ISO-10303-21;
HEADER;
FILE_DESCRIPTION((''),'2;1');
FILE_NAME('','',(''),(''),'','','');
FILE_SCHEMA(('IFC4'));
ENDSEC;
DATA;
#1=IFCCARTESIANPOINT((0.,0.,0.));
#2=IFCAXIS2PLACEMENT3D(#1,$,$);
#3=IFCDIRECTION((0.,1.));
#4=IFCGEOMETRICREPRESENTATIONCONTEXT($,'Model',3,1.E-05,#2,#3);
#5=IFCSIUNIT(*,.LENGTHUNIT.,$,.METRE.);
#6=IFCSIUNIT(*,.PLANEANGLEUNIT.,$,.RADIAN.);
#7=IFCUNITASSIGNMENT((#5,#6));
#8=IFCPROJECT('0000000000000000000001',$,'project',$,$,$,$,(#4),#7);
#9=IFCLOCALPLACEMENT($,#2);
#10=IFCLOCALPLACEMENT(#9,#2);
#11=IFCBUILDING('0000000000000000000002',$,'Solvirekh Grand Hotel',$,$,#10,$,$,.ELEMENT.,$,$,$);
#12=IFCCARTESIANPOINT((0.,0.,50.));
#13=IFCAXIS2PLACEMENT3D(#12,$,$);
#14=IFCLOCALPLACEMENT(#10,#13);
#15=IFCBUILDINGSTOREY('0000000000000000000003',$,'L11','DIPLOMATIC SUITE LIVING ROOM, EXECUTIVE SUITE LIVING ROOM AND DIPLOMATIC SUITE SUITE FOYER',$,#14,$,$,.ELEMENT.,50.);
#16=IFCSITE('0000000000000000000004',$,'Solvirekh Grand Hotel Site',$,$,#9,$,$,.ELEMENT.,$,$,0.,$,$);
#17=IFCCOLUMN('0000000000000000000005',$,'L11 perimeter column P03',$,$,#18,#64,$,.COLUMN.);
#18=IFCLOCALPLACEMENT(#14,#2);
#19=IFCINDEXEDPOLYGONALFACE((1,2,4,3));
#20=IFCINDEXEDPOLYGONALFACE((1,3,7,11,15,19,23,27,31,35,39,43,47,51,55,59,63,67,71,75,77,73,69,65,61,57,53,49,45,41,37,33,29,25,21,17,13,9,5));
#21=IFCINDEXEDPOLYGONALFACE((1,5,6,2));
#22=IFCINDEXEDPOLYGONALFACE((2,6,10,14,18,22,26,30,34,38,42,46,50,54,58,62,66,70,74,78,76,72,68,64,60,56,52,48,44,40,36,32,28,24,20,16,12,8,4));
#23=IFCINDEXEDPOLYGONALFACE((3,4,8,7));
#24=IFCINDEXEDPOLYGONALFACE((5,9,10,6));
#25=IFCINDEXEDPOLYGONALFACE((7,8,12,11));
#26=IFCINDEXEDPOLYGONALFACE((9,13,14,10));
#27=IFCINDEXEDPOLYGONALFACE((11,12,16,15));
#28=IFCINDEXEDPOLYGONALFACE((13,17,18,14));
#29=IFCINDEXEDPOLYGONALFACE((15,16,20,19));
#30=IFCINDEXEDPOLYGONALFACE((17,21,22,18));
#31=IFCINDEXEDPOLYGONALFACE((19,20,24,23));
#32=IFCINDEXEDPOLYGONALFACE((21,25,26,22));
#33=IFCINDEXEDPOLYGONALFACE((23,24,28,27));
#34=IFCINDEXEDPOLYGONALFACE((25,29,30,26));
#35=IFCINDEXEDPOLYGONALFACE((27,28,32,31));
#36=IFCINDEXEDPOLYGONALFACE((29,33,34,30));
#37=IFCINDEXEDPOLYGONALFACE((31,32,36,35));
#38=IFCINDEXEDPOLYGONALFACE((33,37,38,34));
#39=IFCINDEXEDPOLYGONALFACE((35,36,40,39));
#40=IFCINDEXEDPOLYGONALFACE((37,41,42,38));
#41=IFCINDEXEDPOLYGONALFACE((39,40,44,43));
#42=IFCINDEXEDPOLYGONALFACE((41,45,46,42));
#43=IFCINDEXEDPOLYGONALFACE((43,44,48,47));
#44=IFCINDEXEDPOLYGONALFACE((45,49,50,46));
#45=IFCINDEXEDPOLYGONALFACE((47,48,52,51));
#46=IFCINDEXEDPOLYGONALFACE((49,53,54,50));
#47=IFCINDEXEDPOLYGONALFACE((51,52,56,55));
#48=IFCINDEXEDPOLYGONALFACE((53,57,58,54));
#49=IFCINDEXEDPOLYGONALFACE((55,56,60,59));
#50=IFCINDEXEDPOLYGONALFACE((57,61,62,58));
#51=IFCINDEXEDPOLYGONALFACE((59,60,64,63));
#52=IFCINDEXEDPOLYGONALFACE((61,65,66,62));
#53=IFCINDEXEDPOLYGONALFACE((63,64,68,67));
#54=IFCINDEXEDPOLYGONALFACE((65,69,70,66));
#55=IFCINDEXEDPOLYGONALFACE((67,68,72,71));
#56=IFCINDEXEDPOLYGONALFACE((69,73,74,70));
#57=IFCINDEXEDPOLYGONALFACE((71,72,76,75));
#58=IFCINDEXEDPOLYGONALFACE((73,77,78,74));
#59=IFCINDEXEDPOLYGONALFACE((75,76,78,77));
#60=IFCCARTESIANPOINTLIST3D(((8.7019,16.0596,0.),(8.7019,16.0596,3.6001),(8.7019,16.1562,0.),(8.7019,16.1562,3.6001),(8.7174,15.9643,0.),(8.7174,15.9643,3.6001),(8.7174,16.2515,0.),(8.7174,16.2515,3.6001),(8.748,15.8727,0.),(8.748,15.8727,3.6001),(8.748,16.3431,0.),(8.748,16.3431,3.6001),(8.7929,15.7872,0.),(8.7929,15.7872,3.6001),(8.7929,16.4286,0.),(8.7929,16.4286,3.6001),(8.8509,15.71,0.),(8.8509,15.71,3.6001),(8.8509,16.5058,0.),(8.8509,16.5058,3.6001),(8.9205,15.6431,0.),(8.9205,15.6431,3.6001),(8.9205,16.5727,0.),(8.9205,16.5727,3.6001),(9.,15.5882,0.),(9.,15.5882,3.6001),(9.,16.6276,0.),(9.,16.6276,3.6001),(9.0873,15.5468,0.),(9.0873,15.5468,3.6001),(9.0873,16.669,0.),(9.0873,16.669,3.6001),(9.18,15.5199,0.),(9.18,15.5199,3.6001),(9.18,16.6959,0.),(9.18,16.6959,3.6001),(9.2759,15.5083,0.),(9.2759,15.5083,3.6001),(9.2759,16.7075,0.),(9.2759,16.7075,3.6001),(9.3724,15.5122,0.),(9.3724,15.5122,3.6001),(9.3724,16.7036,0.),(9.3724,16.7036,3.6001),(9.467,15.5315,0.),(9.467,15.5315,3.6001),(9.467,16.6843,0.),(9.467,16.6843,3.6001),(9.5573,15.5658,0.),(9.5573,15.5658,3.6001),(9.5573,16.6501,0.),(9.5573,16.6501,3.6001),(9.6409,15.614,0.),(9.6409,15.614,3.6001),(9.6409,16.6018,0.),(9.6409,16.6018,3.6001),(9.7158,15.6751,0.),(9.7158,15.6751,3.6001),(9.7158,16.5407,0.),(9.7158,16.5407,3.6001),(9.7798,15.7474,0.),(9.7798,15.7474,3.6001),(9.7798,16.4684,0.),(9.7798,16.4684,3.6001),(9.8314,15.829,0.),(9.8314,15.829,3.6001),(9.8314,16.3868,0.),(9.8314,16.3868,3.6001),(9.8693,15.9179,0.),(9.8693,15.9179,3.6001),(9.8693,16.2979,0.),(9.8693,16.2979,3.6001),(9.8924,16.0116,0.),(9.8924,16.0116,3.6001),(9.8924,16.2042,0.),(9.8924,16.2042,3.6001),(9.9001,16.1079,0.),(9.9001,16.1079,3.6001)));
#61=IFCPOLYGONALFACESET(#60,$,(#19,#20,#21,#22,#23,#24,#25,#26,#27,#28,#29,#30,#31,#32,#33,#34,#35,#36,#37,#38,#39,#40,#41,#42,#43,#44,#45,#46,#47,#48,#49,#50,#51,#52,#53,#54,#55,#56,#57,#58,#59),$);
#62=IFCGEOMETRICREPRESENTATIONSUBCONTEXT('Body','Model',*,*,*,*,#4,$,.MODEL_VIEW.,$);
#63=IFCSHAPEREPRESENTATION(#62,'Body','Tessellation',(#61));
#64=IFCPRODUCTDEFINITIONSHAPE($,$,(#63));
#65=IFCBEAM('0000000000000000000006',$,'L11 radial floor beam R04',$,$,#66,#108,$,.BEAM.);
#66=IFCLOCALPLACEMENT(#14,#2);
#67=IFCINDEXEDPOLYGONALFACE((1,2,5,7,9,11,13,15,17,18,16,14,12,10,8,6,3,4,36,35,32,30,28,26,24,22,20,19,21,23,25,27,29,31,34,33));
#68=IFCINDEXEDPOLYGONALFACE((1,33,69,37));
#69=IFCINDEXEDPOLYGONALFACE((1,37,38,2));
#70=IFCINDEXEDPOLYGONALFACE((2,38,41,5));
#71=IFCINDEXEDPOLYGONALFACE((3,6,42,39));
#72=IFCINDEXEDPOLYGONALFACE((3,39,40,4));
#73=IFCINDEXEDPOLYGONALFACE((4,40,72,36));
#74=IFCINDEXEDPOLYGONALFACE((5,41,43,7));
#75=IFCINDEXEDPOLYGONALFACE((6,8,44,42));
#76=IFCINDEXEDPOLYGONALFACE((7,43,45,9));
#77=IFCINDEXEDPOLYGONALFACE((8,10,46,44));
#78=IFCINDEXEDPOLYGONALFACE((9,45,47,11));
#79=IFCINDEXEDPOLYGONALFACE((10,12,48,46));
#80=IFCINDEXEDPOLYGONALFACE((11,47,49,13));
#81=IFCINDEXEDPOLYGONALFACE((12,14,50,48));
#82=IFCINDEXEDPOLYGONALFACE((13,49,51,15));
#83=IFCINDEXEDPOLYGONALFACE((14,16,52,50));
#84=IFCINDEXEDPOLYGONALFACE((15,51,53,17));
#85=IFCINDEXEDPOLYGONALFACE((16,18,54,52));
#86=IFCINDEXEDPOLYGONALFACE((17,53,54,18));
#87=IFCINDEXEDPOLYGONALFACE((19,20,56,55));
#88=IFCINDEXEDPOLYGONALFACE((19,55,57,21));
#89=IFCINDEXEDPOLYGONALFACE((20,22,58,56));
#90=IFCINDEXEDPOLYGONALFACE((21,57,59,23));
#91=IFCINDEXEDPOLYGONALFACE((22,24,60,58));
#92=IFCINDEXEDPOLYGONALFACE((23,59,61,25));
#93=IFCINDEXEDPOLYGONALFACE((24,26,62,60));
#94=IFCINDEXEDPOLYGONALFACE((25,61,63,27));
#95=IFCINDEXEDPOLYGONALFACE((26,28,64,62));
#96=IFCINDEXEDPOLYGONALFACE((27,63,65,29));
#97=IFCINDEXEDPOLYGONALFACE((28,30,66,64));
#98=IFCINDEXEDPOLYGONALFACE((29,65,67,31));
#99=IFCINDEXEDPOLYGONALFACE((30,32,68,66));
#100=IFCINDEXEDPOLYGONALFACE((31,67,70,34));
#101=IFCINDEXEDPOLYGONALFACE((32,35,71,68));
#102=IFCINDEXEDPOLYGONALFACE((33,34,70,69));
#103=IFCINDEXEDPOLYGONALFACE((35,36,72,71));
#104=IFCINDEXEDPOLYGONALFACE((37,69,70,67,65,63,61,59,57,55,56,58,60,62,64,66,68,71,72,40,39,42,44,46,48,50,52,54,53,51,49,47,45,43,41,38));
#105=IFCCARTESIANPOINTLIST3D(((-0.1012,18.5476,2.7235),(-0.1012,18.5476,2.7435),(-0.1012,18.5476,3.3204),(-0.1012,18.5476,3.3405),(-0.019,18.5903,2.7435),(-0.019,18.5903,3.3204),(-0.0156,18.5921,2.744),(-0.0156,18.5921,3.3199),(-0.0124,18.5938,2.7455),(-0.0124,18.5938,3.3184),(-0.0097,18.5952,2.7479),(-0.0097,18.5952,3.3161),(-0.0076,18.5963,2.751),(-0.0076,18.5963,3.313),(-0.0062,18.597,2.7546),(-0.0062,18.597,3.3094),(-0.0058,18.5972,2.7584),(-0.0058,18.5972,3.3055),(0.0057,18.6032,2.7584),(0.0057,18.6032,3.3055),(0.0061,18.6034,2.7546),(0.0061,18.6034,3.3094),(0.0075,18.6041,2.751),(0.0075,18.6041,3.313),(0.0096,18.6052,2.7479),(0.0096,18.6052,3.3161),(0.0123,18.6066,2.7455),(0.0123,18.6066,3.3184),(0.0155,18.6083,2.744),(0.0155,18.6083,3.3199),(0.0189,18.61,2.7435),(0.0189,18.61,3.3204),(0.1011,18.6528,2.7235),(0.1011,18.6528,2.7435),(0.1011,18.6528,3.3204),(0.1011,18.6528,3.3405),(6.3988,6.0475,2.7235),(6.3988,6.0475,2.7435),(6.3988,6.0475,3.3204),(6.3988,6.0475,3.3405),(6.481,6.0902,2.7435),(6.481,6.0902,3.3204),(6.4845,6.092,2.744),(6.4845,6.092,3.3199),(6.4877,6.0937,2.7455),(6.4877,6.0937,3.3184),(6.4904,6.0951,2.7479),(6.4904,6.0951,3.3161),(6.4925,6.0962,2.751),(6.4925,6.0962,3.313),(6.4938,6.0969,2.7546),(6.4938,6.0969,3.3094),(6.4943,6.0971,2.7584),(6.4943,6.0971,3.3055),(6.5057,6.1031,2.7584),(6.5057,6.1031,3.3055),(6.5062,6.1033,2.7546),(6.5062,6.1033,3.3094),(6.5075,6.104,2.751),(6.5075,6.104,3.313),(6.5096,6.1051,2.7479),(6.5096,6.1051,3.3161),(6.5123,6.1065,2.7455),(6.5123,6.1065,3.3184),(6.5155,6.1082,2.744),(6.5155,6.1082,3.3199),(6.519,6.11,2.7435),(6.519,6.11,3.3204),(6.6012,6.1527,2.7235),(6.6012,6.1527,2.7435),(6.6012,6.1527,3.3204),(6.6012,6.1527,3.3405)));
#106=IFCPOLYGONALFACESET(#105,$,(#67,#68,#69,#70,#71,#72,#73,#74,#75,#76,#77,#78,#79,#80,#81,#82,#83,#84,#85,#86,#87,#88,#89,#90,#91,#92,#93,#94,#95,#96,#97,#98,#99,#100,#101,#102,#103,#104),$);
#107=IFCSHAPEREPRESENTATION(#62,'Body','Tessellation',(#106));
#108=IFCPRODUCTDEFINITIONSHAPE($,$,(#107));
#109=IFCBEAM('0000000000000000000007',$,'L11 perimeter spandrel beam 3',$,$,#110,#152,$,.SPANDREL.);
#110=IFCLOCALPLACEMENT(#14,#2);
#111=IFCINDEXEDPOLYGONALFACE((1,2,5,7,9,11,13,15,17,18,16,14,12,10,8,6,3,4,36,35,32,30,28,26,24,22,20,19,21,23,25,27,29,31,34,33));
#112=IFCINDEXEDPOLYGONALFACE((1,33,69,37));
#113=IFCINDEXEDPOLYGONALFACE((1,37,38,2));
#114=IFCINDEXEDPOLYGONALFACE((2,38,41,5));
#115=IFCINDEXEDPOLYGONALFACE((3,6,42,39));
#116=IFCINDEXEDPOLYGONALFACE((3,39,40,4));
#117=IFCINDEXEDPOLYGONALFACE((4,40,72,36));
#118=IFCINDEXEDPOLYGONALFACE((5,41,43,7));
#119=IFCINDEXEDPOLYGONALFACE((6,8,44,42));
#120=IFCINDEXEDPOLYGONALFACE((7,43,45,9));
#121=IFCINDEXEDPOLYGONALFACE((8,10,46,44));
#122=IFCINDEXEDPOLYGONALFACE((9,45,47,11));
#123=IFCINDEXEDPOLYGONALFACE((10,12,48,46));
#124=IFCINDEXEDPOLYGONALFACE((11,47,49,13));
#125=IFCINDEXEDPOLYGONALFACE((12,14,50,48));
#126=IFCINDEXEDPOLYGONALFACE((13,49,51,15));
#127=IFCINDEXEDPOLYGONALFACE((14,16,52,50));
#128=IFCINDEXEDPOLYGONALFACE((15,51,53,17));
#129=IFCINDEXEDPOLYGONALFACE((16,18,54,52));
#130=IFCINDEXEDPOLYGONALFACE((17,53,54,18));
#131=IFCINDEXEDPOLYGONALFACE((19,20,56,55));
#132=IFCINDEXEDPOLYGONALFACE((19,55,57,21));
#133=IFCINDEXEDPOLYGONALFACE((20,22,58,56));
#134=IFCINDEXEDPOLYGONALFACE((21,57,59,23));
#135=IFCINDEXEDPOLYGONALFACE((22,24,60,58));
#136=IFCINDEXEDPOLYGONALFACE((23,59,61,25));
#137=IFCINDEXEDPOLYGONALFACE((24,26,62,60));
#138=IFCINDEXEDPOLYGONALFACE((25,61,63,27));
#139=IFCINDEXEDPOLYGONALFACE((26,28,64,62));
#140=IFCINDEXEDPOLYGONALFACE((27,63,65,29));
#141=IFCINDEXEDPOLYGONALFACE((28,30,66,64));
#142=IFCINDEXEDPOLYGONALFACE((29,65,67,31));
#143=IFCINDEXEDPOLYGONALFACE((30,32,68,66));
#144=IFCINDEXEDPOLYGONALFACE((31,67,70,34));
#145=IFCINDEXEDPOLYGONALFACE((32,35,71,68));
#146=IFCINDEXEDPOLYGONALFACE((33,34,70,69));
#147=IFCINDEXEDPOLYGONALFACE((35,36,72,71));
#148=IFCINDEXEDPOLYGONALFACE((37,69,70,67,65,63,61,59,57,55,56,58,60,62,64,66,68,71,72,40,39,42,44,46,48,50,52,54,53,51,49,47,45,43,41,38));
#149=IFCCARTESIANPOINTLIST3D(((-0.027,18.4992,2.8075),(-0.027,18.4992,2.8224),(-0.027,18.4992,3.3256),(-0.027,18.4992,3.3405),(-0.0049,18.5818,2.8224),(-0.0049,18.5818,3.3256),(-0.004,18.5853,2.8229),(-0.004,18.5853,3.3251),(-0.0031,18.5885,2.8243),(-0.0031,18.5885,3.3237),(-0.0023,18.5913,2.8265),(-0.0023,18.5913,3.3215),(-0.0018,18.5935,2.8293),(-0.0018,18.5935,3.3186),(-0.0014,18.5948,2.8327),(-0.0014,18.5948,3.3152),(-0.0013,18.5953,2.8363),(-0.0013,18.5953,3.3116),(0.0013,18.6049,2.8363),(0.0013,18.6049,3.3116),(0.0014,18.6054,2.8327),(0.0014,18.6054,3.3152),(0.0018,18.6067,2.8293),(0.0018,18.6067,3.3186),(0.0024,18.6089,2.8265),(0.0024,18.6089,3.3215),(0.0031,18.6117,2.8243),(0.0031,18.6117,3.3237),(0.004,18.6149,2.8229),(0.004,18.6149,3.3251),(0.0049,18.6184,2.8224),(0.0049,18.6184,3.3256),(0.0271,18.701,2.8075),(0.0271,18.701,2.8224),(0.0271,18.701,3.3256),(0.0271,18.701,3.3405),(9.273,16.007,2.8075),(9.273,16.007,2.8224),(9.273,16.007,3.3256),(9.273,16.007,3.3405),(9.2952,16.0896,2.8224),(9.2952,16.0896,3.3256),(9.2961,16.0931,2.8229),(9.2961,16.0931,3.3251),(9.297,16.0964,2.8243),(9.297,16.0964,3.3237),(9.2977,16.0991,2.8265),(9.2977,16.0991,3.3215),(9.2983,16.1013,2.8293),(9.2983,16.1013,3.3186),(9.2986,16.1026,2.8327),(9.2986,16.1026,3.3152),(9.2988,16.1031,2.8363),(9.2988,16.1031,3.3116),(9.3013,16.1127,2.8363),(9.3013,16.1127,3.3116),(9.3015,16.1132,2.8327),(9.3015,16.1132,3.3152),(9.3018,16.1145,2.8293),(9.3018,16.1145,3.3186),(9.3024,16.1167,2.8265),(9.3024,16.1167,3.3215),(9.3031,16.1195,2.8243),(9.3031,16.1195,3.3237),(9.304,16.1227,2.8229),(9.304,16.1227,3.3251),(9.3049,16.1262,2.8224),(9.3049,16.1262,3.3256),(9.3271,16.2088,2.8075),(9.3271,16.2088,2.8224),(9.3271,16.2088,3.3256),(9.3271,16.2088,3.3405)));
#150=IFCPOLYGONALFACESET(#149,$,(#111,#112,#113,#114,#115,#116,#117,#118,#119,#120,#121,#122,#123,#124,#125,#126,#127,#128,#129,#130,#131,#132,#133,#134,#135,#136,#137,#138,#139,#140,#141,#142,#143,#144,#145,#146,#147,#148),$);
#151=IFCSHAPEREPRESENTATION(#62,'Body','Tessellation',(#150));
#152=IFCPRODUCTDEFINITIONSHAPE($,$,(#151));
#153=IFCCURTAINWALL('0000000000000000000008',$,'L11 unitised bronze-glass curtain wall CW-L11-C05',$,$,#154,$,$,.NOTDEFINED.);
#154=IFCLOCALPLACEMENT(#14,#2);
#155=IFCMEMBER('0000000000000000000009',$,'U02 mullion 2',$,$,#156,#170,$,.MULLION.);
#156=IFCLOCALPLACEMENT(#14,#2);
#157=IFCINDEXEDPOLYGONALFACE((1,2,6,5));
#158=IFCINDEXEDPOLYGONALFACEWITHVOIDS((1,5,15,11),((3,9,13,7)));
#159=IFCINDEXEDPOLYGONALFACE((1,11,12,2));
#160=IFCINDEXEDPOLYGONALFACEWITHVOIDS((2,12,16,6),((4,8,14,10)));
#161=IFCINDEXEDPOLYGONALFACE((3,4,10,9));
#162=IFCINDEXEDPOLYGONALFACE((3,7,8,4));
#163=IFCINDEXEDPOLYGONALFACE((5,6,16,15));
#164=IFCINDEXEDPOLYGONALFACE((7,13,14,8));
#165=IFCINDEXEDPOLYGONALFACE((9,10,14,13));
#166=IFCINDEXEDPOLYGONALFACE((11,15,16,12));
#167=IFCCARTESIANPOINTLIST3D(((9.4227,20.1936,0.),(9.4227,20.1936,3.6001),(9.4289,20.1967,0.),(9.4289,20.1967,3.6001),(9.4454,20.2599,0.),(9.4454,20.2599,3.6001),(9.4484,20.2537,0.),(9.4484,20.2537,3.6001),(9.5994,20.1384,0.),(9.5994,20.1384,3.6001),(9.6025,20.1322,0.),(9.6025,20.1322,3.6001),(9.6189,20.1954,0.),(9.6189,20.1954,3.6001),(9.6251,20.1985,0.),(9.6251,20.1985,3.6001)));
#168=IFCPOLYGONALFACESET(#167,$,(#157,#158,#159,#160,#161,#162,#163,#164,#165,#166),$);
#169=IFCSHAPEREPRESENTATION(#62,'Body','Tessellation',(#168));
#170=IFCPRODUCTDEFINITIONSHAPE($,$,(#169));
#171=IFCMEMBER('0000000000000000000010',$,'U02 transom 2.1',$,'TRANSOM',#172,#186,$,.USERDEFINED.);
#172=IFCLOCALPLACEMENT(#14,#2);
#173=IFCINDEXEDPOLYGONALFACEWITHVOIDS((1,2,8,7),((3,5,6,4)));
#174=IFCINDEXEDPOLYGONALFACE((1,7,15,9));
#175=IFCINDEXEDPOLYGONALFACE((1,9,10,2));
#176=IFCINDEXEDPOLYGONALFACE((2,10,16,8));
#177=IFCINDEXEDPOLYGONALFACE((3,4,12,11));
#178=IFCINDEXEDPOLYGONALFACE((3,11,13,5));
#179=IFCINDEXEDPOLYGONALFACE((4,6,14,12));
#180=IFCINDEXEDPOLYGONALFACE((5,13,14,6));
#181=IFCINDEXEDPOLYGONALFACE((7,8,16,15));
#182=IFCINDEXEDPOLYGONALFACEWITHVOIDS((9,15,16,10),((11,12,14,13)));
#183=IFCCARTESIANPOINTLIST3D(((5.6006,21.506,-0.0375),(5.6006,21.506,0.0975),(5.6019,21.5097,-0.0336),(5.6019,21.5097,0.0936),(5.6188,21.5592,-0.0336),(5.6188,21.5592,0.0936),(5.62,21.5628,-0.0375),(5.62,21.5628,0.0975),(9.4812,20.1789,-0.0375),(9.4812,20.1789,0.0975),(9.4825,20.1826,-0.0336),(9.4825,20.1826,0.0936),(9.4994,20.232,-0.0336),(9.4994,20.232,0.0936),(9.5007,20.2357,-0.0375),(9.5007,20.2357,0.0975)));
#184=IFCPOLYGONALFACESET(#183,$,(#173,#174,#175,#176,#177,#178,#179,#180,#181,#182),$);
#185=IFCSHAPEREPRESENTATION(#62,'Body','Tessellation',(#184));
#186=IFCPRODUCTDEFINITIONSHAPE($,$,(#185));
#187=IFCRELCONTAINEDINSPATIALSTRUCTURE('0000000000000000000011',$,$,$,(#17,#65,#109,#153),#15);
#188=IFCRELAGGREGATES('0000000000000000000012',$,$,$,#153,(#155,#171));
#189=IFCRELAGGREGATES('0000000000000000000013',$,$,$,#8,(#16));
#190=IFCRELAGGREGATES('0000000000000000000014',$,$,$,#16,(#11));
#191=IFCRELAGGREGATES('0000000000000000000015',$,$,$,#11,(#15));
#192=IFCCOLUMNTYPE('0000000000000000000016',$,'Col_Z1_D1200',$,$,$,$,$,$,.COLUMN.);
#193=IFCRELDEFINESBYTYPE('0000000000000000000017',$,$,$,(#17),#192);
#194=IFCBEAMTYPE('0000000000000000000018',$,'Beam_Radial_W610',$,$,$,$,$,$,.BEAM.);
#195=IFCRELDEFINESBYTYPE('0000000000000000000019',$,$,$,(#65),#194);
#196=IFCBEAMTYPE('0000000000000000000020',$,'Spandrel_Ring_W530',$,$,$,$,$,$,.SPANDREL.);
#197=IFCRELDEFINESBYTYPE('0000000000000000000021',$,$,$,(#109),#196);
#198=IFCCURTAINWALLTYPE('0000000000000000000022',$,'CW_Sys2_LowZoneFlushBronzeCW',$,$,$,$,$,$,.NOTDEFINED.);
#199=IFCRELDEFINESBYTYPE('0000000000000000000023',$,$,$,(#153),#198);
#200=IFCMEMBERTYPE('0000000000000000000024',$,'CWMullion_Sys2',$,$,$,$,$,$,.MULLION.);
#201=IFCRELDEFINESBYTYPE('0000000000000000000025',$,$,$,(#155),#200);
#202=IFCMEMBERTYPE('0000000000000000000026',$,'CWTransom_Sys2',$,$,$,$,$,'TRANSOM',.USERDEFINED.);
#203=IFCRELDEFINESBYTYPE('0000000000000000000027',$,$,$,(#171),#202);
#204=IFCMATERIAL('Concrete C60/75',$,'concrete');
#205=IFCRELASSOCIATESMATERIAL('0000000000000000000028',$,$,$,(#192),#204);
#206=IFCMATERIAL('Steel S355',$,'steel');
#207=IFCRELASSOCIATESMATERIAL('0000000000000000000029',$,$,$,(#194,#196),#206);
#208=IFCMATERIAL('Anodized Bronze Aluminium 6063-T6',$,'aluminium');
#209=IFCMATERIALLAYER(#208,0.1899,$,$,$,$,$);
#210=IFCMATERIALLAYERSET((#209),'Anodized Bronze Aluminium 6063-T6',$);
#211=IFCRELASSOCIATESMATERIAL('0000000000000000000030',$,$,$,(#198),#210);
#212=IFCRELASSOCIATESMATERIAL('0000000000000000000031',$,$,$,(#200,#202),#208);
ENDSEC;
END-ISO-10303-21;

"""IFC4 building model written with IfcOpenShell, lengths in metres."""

from ifc_helpers import new_model, si_unit, direction, frame, origin, origin_2d, place, context, subcontext, project, spatial, hollow_rectangle, circle, i_section, extrude, source, transform, mapped, material, layer, layer_set, material_profile, profile_set, type_object, element, aggregate, save


model = new_model("IFC4")

# Units and contexts
model_context = context("Model", 3, precision=1e-05, world=origin(), true_north=direction((0.0, 1.0)))
body_context = subcontext(model_context, "Body", "Model", "MODEL_VIEW")
ifc_project = project(units=[si_unit("LENGTHUNIT", "METRE"), si_unit("PLANEANGLEUNIT", "RADIAN")], contexts=[model_context])

# Site, building, storey
site_placement = place(None, origin())
site = spatial("IfcSite", under=ifc_project, at=site_placement, Name="Solvirekh Grand Hotel Site", CompositionType="ELEMENT", RefElevation=0.0)
building_placement = place(site_placement, origin())
building = spatial("IfcBuilding", under=site, at=building_placement, Name="Solvirekh Grand Hotel", CompositionType="ELEMENT")
storey_placement = place(building_placement, frame((0.0, 0.0, 50.0)))
storey = spatial("IfcBuildingStorey", under=building, at=storey_placement, Name="L11", Description="DIPLOMATIC SUITE LIVING ROOM, EXECUTIVE SUITE LIVING ROOM AND DIPLOMATIC SUITE SUITE FOYER", CompositionType="ELEMENT", Elevation=50.0)

# Column
ifc_material_1 = material(Name="Concrete C60/75", Category="concrete")
ifc_material_profile_1 = material_profile(ifc_material_1, circle(Radius=0.6001, at=origin_2d()), Name="RC CIRC D1200")
ifc_profile_set_1 = profile_set([ifc_material_profile_1], Name="Concrete C60/75")
column_type = type_object("IfcColumnType", Name="Col_Z1_D1200", PredefinedType="COLUMN", material=ifc_profile_set_1)
column_placement = place(storey_placement, frame((9.3, 16.1079, 0.0), z_axis=(0.0, 0.0, 1.0), x_axis=(1.0, 0.0, 0.0)))
element("IfcColumn", 1, at=column_placement, inside=storey, type_object=column_type, Name="L11 perimeter column P03", PredefinedType="COLUMN", context=body_context, shape_type="SweptSolid", body=[
    extrude(circle(Radius=0.6001, at=origin_2d()), origin(), (0.0, 0.0, 1.0), 3.6001),
])

# Beams
ifc_material_2 = material(Name="Steel S355", Category="steel")
ifc_material_profile_2 = material_profile(ifc_material_2, i_section(OverallWidth=0.228, OverallDepth=0.6169, WebThickness=0.0129, FlangeThickness=0.02, FilletRadius=0.0149, at=origin_2d()), Name="W610X140")
ifc_profile_set_2 = profile_set([ifc_material_profile_2], Name="Steel S355")
beam_type_1 = type_object("IfcBeamType", Name="Beam_Radial_W610", PredefinedType="BEAM", material=ifc_profile_set_2)
beam_1_placement = place(storey_placement, frame((6.5, 6.1001, 3.032), z_axis=(-0.461353, 0.887217, 0.0), x_axis=(-0.887217, -0.461353, 0.0)))
element("IfcBeam", 2, at=beam_1_placement, inside=storey, type_object=beam_type_1, Name="L11 radial floor beam R04", PredefinedType="BEAM", context=body_context, shape_type="SweptSolid", body=[
    extrude(i_section(OverallWidth=0.228, OverallDepth=0.6169, WebThickness=0.0129, FlangeThickness=0.02, FilletRadius=0.0149, at=origin_2d()), origin(), (0.0, 0.0, 1.0), 14.0891),
])
ifc_material_profile_3 = material_profile(ifc_material_2, i_section(OverallWidth=0.209, OverallDepth=0.533, WebThickness=0.01, FlangeThickness=0.0149, FilletRadius=0.0139, at=origin_2d()), Name="W530X92")
ifc_profile_set_3 = profile_set([ifc_material_profile_3], Name="Steel S355")
beam_type_2 = type_object("IfcBeamType", Name="Spandrel_Ring_W530", PredefinedType="SPANDREL", material=ifc_profile_set_3)
beam_2_placement = place(storey_placement, frame((9.3, 16.1079, 3.074), z_axis=(-0.965919, 0.258843, 0.0), x_axis=(-0.258843, -0.965919, 0.0)))
element("IfcBeam", 3, at=beam_2_placement, inside=storey, type_object=beam_type_2, Name="L11 perimeter spandrel beam 3", PredefinedType="SPANDREL", context=body_context, shape_type="SweptSolid", body=[
    extrude(i_section(OverallWidth=0.209, OverallDepth=0.533, WebThickness=0.01, FlangeThickness=0.0149, FilletRadius=0.0139, at=origin_2d()), origin(), (0.0, 0.0, 1.0), 9.6282),
])

# Curtain wall, members
ifc_material_3 = material(Name="Anodized Bronze Aluminium 6063-T6", Category="aluminium")
ifc_layer_1 = layer(ifc_material_3, 0.1899)
ifc_layer_set_1 = layer_set([ifc_layer_1], Name="Anodized Bronze Aluminium 6063-T6")
curtain_wall_type = type_object("IfcCurtainWallType", Name="CW_Sys2_LowZoneFlushBronzeCW", PredefinedType="NOTDEFINED", material=ifc_layer_set_1)
curtain_wall_placement = place(storey_placement, origin())
curtain_wall = element("IfcCurtainWall", 4, at=curtain_wall_placement, inside=storey, type_object=curtain_wall_type, Name="L11 unitised bronze-glass curtain wall CW-L11-C05", PredefinedType="NOTDEFINED")
ifc_material_profile_4 = material_profile(ifc_material_3, hollow_rectangle(XDim=0.0701, YDim=0.1899, WallThickness=0.0049, at=origin_2d()), Name="ALU RHS 190X70X5")
ifc_profile_set_4 = profile_set([ifc_material_profile_4], Name="Anodized Bronze Aluminium 6063-T6")
member_type_1 = type_object("IfcMemberType", Name="CWMullion_Sys2", PredefinedType="MULLION", material=ifc_profile_set_4)
shared_shape_1 = source(origin(), body_context, "Body", "SweptSolid", [
    extrude(hollow_rectangle(XDim=0.0701, YDim=0.1899, WallThickness=0.0049, at=origin_2d()), origin(), (0.0, 0.0, 1.0), 3.6001),
])
member_1_placement = place(storey_placement, frame((9.5239, 20.196, 0.0), z_axis=(0.0, 0.0, 1.0), x_axis=(-0.323564, -0.946206, 0.0)))
member_1 = element("IfcMember", 5, at=member_1_placement, type_object=member_type_1, Name="U02 mullion 2", PredefinedType="MULLION", context=body_context, shape_type="MappedRepresentation", body=[
    mapped(shared_shape_1, transform((0.0, 0.0, 0.0), x_axis=(1.0, 0.0, 0.0), y_axis=(0.0, 1.0, 0.0), z_axis=(0.0, 0.0, 1.0), scale=1.0)),
])
ifc_material_profile_5 = material_profile(ifc_material_3, hollow_rectangle(XDim=0.0601, YDim=0.135, WallThickness=0.0039, at=origin_2d()), Name="ALU RHS 135X60X4")
ifc_profile_set_5 = profile_set([ifc_material_profile_5], Name="Anodized Bronze Aluminium 6063-T6")
member_type_2 = type_object("IfcMemberType", Name="CWTransom_Sys2", ElementType="TRANSOM", PredefinedType="USERDEFINED", material=ifc_profile_set_5)
shared_shape_2 = source(origin(), body_context, "Body", "SweptSolid", [
    extrude(hollow_rectangle(XDim=0.0601, YDim=0.135, WallThickness=0.0039, at=origin_2d()), origin(), (0.0, 0.0, 1.0), 4.1013),
])
member_2_placement = place(storey_placement, frame((9.491, 20.2073, 0.03), z_axis=(-0.946196, 0.323594, 0.0), x_axis=(-0.323594, -0.946196, 0.0)))
member_2 = element("IfcMember", 6, at=member_2_placement, type_object=member_type_2, Name="U02 transom 2.1", ObjectType="TRANSOM", PredefinedType="USERDEFINED", context=body_context, shape_type="MappedRepresentation", body=[
    mapped(shared_shape_2, transform((0.0, 0.0, 0.0), x_axis=(1.0, 0.0, 0.0), y_axis=(0.0, 1.0, 0.0), z_axis=(0.0, 0.0, 1.0), scale=1.0)),
])
aggregate(curtain_wall, [member_1, member_2])

save(model, "model.ifc")
